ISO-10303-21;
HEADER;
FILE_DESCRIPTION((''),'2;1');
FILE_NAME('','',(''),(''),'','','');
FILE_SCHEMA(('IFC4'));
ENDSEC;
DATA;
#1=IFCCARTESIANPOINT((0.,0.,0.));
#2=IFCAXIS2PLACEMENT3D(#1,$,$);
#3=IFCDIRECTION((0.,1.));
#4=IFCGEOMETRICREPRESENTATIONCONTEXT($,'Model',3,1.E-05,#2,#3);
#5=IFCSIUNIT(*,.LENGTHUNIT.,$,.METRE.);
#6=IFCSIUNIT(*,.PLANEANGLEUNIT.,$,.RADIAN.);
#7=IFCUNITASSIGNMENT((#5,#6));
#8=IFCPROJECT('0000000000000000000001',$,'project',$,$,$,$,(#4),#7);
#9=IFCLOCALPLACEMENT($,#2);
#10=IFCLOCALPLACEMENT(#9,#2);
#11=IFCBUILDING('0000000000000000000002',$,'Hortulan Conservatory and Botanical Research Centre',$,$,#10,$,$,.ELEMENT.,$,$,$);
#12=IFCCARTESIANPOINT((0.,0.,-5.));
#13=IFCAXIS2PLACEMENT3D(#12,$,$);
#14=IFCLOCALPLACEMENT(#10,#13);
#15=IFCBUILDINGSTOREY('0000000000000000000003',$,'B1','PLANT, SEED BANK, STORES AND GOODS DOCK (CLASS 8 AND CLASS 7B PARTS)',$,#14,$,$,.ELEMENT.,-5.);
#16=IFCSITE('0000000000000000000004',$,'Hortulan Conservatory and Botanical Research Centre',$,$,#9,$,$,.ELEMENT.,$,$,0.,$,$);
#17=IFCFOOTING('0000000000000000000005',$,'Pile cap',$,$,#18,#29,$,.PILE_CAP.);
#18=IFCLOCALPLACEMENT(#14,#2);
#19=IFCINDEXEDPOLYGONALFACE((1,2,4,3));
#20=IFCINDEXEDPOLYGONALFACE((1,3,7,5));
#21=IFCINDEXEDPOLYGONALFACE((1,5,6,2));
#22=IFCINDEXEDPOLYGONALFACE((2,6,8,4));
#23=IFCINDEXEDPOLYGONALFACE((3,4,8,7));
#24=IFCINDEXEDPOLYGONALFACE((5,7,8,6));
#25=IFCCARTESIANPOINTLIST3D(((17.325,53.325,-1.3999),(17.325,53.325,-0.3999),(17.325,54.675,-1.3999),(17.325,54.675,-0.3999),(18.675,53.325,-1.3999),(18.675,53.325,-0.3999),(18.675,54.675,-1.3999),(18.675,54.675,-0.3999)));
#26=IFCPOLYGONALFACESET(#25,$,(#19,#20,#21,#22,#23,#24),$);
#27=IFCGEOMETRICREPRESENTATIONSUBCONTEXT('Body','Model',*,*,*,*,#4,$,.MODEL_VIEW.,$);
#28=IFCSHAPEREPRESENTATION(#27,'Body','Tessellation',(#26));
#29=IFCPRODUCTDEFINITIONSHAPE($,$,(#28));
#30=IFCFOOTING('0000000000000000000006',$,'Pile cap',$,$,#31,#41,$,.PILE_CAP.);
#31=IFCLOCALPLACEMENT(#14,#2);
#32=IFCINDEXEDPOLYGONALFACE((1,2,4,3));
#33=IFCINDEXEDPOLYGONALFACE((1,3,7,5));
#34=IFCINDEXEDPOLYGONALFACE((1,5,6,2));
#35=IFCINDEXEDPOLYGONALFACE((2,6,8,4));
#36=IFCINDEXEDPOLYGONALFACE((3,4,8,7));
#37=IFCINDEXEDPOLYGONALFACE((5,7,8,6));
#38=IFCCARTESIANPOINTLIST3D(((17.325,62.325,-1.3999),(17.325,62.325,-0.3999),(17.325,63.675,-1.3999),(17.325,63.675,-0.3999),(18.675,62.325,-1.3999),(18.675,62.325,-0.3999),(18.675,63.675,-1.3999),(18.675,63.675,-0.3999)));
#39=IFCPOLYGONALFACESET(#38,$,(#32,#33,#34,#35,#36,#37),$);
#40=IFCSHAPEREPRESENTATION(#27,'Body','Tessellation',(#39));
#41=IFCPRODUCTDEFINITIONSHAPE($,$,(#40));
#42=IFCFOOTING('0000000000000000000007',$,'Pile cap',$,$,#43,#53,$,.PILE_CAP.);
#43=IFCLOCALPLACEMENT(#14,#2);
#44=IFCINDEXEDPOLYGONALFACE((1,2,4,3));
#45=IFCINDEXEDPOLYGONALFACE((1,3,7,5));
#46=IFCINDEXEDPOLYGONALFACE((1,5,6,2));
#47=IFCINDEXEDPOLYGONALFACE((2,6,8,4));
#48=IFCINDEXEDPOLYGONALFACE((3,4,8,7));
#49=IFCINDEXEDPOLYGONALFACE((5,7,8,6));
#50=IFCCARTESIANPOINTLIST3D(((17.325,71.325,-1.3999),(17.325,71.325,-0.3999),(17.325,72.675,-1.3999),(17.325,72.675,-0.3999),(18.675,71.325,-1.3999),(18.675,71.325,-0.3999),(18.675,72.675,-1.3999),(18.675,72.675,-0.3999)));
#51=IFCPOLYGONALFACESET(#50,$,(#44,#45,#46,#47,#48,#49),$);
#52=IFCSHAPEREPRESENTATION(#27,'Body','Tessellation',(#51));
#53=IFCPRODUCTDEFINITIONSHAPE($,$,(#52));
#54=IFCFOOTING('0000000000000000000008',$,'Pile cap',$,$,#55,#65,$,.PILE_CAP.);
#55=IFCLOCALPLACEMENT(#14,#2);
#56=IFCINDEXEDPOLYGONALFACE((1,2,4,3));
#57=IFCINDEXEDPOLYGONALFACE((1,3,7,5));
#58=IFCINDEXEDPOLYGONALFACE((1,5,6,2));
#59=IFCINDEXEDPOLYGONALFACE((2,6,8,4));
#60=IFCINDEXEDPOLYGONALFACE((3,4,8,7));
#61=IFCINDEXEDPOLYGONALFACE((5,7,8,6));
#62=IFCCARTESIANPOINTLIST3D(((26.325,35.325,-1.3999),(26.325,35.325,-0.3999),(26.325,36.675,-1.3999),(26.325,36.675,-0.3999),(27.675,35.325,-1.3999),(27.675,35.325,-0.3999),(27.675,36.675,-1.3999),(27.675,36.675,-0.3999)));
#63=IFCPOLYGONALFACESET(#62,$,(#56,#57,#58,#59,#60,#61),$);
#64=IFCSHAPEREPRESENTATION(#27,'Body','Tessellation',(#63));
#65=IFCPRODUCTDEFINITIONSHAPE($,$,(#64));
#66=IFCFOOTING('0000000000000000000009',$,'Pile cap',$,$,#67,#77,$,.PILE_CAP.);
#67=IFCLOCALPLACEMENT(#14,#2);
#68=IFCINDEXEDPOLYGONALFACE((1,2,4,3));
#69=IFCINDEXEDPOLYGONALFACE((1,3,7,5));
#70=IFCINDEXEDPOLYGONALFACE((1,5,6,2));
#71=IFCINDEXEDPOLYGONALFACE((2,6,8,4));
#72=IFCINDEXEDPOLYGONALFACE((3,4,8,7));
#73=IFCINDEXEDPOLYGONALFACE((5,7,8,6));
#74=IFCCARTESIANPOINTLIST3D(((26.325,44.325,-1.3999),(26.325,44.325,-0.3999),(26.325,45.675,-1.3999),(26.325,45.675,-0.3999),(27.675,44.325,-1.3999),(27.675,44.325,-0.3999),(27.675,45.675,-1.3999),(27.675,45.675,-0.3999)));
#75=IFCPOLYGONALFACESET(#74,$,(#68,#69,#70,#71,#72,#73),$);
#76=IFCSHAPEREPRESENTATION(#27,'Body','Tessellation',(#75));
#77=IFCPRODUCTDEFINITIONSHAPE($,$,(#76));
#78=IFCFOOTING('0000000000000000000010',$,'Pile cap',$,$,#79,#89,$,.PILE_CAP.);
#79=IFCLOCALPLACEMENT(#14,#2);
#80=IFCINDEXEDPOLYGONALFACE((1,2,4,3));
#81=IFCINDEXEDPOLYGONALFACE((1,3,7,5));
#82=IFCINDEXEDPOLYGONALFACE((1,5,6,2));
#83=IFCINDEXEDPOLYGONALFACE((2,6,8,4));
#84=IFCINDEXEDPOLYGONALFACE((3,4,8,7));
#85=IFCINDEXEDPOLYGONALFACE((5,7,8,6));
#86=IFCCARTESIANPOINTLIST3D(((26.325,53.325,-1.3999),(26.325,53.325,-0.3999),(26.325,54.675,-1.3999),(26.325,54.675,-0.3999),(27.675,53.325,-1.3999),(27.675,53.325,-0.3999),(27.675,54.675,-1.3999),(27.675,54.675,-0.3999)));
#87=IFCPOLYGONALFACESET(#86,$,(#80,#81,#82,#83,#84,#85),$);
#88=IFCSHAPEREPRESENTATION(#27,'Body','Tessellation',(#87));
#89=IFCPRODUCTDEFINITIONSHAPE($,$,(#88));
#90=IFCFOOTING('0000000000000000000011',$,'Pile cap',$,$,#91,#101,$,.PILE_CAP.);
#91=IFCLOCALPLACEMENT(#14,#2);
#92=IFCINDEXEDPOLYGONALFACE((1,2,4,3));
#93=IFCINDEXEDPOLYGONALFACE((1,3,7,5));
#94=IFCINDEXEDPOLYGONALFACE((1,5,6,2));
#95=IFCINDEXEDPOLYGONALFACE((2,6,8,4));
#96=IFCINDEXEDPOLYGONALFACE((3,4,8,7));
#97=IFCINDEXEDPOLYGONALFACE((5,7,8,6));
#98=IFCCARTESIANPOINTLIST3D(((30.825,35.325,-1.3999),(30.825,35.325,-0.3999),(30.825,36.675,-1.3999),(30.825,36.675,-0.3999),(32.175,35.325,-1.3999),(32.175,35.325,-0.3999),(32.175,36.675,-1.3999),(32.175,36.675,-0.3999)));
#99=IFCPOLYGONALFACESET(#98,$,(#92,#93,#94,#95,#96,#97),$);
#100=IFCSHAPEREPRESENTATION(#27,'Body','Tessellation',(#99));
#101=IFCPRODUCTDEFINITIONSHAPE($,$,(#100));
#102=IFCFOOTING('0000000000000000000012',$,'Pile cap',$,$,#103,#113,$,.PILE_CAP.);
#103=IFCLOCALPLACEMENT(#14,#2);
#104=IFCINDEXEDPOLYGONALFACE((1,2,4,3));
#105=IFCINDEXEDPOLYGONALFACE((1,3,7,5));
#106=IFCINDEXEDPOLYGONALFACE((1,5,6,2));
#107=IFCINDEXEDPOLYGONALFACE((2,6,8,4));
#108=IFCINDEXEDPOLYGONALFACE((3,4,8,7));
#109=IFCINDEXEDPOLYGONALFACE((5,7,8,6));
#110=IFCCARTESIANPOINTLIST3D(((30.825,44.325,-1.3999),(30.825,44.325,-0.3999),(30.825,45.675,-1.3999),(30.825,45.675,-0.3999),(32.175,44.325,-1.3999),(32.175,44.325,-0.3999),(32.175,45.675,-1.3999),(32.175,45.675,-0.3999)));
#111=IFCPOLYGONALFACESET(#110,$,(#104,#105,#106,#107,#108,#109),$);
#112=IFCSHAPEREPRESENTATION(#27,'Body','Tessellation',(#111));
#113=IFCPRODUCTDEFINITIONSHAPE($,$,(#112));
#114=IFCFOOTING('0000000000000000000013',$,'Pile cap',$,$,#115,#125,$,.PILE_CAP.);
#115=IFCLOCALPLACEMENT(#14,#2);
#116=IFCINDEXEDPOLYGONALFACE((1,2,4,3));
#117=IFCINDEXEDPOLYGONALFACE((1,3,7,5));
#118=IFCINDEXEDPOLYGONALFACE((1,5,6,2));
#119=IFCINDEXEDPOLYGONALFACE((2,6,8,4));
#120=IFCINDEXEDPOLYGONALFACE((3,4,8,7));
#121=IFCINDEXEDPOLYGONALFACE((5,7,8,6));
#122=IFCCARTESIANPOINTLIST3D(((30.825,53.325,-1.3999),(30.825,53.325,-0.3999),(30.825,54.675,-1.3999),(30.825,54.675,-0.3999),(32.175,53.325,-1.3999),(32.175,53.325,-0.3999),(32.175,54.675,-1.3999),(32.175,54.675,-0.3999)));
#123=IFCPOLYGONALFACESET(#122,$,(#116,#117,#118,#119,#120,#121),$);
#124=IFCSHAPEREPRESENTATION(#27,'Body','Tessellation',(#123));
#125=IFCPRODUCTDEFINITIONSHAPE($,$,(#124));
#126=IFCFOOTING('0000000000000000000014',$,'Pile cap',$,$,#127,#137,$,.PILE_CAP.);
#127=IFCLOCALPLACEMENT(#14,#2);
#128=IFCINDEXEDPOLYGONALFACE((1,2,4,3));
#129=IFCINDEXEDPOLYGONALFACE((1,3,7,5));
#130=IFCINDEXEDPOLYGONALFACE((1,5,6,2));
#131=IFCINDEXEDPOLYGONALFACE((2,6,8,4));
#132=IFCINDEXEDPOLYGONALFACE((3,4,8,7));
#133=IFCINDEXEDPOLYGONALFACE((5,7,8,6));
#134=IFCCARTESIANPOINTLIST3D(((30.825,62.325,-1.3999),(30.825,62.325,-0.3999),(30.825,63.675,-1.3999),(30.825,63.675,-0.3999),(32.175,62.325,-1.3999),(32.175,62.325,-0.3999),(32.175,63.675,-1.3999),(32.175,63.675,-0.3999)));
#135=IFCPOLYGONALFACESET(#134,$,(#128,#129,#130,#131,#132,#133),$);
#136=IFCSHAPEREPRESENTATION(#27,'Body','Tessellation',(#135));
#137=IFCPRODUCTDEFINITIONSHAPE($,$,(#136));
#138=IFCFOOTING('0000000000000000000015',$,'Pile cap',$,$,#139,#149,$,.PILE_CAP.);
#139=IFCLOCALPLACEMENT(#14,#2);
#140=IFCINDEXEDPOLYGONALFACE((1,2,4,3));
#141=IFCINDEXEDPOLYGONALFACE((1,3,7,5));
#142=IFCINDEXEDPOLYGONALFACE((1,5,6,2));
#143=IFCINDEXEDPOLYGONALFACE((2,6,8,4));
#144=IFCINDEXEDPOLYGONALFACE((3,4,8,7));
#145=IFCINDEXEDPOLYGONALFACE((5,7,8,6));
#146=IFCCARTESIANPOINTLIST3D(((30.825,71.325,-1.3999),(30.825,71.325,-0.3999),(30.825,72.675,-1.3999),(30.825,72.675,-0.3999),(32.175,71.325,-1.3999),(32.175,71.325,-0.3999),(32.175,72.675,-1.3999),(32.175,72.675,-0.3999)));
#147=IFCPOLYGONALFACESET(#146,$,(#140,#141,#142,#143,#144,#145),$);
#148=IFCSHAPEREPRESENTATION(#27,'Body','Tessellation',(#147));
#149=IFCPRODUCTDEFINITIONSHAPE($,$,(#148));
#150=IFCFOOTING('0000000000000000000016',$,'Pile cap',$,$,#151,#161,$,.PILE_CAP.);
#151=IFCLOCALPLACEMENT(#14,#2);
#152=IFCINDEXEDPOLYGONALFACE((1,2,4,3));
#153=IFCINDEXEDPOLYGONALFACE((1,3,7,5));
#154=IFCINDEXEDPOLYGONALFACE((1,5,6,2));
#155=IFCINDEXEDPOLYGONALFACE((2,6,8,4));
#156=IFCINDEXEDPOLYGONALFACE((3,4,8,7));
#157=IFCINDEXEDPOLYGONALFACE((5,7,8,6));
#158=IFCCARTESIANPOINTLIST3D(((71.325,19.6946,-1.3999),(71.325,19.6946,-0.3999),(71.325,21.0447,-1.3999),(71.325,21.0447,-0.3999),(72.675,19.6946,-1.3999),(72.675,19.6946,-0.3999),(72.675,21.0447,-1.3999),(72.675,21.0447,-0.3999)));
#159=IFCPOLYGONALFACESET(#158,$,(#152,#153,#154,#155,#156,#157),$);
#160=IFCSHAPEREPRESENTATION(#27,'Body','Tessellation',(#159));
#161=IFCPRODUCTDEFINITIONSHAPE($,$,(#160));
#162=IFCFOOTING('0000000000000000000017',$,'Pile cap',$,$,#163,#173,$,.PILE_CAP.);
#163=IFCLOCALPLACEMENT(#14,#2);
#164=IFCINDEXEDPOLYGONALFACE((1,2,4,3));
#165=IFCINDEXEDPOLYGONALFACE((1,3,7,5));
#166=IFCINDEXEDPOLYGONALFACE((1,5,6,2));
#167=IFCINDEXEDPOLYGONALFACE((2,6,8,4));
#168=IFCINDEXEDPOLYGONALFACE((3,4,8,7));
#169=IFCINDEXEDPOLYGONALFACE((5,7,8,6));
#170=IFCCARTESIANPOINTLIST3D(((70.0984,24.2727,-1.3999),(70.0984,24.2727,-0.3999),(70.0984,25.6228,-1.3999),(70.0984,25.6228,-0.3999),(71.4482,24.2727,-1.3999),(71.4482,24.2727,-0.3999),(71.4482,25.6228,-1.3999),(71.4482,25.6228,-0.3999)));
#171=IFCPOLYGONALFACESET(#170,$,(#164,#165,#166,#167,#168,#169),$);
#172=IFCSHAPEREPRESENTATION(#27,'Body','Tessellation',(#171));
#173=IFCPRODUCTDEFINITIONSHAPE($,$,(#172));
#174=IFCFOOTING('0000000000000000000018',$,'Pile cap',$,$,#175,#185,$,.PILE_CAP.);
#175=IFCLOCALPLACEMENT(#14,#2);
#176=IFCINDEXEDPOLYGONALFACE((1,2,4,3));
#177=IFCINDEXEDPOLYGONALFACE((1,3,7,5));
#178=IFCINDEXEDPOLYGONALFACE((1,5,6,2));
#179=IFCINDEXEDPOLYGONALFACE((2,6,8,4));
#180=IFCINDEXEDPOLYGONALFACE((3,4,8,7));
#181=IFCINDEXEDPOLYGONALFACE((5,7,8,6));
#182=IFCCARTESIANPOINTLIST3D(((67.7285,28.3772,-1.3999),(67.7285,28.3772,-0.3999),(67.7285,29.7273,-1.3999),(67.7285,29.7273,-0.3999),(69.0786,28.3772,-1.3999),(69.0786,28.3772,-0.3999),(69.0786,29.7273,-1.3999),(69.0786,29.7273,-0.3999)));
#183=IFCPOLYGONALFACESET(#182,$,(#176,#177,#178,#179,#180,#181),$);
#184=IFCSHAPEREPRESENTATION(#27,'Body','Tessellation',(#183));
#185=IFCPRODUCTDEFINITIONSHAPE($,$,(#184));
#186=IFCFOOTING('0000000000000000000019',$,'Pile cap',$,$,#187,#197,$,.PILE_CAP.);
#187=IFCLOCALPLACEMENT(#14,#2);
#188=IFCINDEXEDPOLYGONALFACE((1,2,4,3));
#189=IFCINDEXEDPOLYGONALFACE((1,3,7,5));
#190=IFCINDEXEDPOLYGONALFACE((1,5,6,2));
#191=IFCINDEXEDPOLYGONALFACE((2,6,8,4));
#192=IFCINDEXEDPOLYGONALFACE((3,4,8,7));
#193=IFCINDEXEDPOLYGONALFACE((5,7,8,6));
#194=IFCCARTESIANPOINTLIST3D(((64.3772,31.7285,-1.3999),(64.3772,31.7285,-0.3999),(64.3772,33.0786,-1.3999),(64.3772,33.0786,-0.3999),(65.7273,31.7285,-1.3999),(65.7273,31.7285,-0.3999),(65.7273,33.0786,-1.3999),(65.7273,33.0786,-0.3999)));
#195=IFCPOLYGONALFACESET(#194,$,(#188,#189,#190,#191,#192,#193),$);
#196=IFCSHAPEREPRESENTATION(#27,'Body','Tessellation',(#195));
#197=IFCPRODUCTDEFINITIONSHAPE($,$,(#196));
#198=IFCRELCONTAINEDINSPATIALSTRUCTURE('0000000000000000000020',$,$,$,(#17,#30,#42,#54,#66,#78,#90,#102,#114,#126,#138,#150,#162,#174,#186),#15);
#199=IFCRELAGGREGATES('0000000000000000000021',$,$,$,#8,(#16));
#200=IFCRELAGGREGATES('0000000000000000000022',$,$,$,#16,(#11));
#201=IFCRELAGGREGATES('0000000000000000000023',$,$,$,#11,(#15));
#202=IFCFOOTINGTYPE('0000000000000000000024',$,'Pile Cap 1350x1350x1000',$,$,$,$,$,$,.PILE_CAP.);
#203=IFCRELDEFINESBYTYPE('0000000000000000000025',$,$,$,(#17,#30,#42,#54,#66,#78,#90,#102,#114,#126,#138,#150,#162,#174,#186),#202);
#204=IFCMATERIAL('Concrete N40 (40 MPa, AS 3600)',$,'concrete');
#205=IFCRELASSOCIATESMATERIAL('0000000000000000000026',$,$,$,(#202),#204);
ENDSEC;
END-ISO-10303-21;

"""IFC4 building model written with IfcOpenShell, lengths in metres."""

from ifc_helpers import new_model, si_unit, direction, frame, origin, place, context, subcontext, project, spatial, polyline, outline, extrude, material, type_object, element, save


model = new_model("IFC4")

# Units and contexts
model_context = context("Model", 3, precision=1e-05, world=origin(), true_north=direction((0.0, 1.0)))
body_context = subcontext(model_context, "Body", "Model", "MODEL_VIEW")
ifc_project = project(units=[si_unit("LENGTHUNIT", "METRE"), si_unit("PLANEANGLEUNIT", "RADIAN")], contexts=[model_context])

# Site, building, storey
site_placement = place(None, origin())
site = spatial("IfcSite", under=ifc_project, at=site_placement, Name="Hortulan Conservatory and Botanical Research Centre", CompositionType="ELEMENT", RefElevation=0.0)
building_placement = place(site_placement, origin())
building = spatial("IfcBuilding", under=site, at=building_placement, Name="Hortulan Conservatory and Botanical Research Centre", CompositionType="ELEMENT")
storey_placement = place(building_placement, frame((0.0, 0.0, -5.0)))
storey = spatial("IfcBuildingStorey", under=building, at=storey_placement, Name="B1", Description="PLANT, SEED BANK, STORES AND GOODS DOCK (CLASS 8 AND CLASS 7B PARTS)", CompositionType="ELEMENT", Elevation=-5.0)

# Footings
ifc_material = material(Name="Concrete N40 (40 MPa, AS 3600)", Category="concrete")
footing_type = type_object("IfcFootingType", Name="Pile Cap 1350x1350x1000", PredefinedType="PILE_CAP", material=ifc_material)
footing_1_placement = place(storey_placement, frame((0.0, 0.0, -1.3999)))
element("IfcFooting", 1, at=footing_1_placement, inside=storey, type_object=footing_type, Name="Pile cap", PredefinedType="PILE_CAP", context=body_context, shape_type="SweptSolid", body=[
    extrude(outline(polyline([(18.675, 53.325), (18.675, 54.675), (17.325, 54.675), (17.325, 53.325), (18.675, 53.325)])), origin(), (0.0, 0.0, 1.0), 1.0),
])
footing_2_placement = place(storey_placement, frame((0.0, 0.0, -1.3999)))
element("IfcFooting", 2, at=footing_2_placement, inside=storey, type_object=footing_type, Name="Pile cap", PredefinedType="PILE_CAP", context=body_context, shape_type="SweptSolid", body=[
    extrude(outline(polyline([(18.675, 62.325), (18.675, 63.675), (17.325, 63.675), (17.325, 62.325), (18.675, 62.325)])), origin(), (0.0, 0.0, 1.0), 1.0),
])
footing_3_placement = place(storey_placement, frame((0.0, 0.0, -1.3999)))
element("IfcFooting", 3, at=footing_3_placement, inside=storey, type_object=footing_type, Name="Pile cap", PredefinedType="PILE_CAP", context=body_context, shape_type="SweptSolid", body=[
    extrude(outline(polyline([(18.675, 71.325), (18.675, 72.675), (17.325, 72.675), (17.325, 71.325), (18.675, 71.325)])), origin(), (0.0, 0.0, 1.0), 1.0),
])
footing_4_placement = place(storey_placement, frame((0.0, 0.0, -1.3999)))
element("IfcFooting", 4, at=footing_4_placement, inside=storey, type_object=footing_type, Name="Pile cap", PredefinedType="PILE_CAP", context=body_context, shape_type="SweptSolid", body=[
    extrude(outline(polyline([(27.675, 35.325), (27.675, 36.675), (26.325, 36.675), (26.325, 35.325), (27.675, 35.325)])), origin(), (0.0, 0.0, 1.0), 1.0),
])
footing_5_placement = place(storey_placement, frame((0.0, 0.0, -1.3999)))
element("IfcFooting", 5, at=footing_5_placement, inside=storey, type_object=footing_type, Name="Pile cap", PredefinedType="PILE_CAP", context=body_context, shape_type="SweptSolid", body=[
    extrude(outline(polyline([(27.675, 44.325), (27.675, 45.675), (26.325, 45.675), (26.325, 44.325), (27.675, 44.325)])), origin(), (0.0, 0.0, 1.0), 1.0),
])
footing_6_placement = place(storey_placement, frame((0.0, 0.0, -1.3999)))
element("IfcFooting", 6, at=footing_6_placement, inside=storey, type_object=footing_type, Name="Pile cap", PredefinedType="PILE_CAP", context=body_context, shape_type="SweptSolid", body=[
    extrude(outline(polyline([(27.675, 53.325), (27.675, 54.675), (26.325, 54.675), (26.325, 53.325), (27.675, 53.325)])), origin(), (0.0, 0.0, 1.0), 1.0),
])
footing_7_placement = place(storey_placement, frame((0.0, 0.0, -1.3999)))
element("IfcFooting", 7, at=footing_7_placement, inside=storey, type_object=footing_type, Name="Pile cap", PredefinedType="PILE_CAP", context=body_context, shape_type="SweptSolid", body=[
    extrude(outline(polyline([(32.175, 35.325), (32.175, 36.675), (30.825, 36.675), (30.825, 35.325), (32.175, 35.325)])), origin(), (0.0, 0.0, 1.0), 1.0),
])
footing_8_placement = place(storey_placement, frame((0.0, 0.0, -1.3999)))
element("IfcFooting", 8, at=footing_8_placement, inside=storey, type_object=footing_type, Name="Pile cap", PredefinedType="PILE_CAP", context=body_context, shape_type="SweptSolid", body=[
    extrude(outline(polyline([(32.175, 44.325), (32.175, 45.675), (30.825, 45.675), (30.825, 44.325), (32.175, 44.325)])), origin(), (0.0, 0.0, 1.0), 1.0),
])
footing_9_placement = place(storey_placement, frame((0.0, 0.0, -1.3999)))
element("IfcFooting", 9, at=footing_9_placement, inside=storey, type_object=footing_type, Name="Pile cap", PredefinedType="PILE_CAP", context=body_context, shape_type="SweptSolid", body=[
    extrude(outline(polyline([(32.175, 53.325), (32.175, 54.675), (30.825, 54.675), (30.825, 53.325), (32.175, 53.325)])), origin(), (0.0, 0.0, 1.0), 1.0),
])
footing_10_placement = place(storey_placement, frame((0.0, 0.0, -1.3999)))
element("IfcFooting", 10, at=footing_10_placement, inside=storey, type_object=footing_type, Name="Pile cap", PredefinedType="PILE_CAP", context=body_context, shape_type="SweptSolid", body=[
    extrude(outline(polyline([(32.175, 62.325), (32.175, 63.675), (30.825, 63.675), (30.825, 62.325), (32.175, 62.325)])), origin(), (0.0, 0.0, 1.0), 1.0),
])
footing_11_placement = place(storey_placement, frame((0.0, 0.0, -1.3999)))
element("IfcFooting", 11, at=footing_11_placement, inside=storey, type_object=footing_type, Name="Pile cap", PredefinedType="PILE_CAP", context=body_context, shape_type="SweptSolid", body=[
    extrude(outline(polyline([(32.175, 71.325), (32.175, 72.675), (30.825, 72.675), (30.825, 71.325), (32.175, 71.325)])), origin(), (0.0, 0.0, 1.0), 1.0),
])
footing_12_placement = place(storey_placement, frame((0.0, 0.0, -1.3999)))
element("IfcFooting", 12, at=footing_12_placement, inside=storey, type_object=footing_type, Name="Pile cap", PredefinedType="PILE_CAP", context=body_context, shape_type="SweptSolid", body=[
    extrude(outline(polyline([(72.675, 19.6946), (72.675, 21.0447), (71.325, 21.0447), (71.325, 19.6946), (72.675, 19.6946)])), origin(), (0.0, 0.0, 1.0), 1.0),
])
footing_13_placement = place(storey_placement, frame((0.0, 0.0, -1.3999)))
element("IfcFooting", 13, at=footing_13_placement, inside=storey, type_object=footing_type, Name="Pile cap", PredefinedType="PILE_CAP", context=body_context, shape_type="SweptSolid", body=[
    extrude(outline(polyline([(71.4482, 24.2727), (71.4482, 25.6228), (70.0984, 25.6228), (70.0984, 24.2727), (71.4482, 24.2727)])), origin(), (0.0, 0.0, 1.0), 1.0),
])
footing_14_placement = place(storey_placement, frame((0.0, 0.0, -1.3999)))
element("IfcFooting", 14, at=footing_14_placement, inside=storey, type_object=footing_type, Name="Pile cap", PredefinedType="PILE_CAP", context=body_context, shape_type="SweptSolid", body=[
    extrude(outline(polyline([(69.0786, 28.3772), (69.0786, 29.7273), (67.7285, 29.7273), (67.7285, 28.3772), (69.0786, 28.3772)])), origin(), (0.0, 0.0, 1.0), 1.0),
])
footing_15_placement = place(storey_placement, frame((0.0, 0.0, -1.3999)))
element("IfcFooting", 15, at=footing_15_placement, inside=storey, type_object=footing_type, Name="Pile cap", PredefinedType="PILE_CAP", context=body_context, shape_type="SweptSolid", body=[
    extrude(outline(polyline([(65.7273, 31.7285), (65.7273, 33.0786), (64.3772, 33.0786), (64.3772, 31.7285), (65.7273, 31.7285)])), origin(), (0.0, 0.0, 1.0), 1.0),
])

save(model, "model.ifc")
